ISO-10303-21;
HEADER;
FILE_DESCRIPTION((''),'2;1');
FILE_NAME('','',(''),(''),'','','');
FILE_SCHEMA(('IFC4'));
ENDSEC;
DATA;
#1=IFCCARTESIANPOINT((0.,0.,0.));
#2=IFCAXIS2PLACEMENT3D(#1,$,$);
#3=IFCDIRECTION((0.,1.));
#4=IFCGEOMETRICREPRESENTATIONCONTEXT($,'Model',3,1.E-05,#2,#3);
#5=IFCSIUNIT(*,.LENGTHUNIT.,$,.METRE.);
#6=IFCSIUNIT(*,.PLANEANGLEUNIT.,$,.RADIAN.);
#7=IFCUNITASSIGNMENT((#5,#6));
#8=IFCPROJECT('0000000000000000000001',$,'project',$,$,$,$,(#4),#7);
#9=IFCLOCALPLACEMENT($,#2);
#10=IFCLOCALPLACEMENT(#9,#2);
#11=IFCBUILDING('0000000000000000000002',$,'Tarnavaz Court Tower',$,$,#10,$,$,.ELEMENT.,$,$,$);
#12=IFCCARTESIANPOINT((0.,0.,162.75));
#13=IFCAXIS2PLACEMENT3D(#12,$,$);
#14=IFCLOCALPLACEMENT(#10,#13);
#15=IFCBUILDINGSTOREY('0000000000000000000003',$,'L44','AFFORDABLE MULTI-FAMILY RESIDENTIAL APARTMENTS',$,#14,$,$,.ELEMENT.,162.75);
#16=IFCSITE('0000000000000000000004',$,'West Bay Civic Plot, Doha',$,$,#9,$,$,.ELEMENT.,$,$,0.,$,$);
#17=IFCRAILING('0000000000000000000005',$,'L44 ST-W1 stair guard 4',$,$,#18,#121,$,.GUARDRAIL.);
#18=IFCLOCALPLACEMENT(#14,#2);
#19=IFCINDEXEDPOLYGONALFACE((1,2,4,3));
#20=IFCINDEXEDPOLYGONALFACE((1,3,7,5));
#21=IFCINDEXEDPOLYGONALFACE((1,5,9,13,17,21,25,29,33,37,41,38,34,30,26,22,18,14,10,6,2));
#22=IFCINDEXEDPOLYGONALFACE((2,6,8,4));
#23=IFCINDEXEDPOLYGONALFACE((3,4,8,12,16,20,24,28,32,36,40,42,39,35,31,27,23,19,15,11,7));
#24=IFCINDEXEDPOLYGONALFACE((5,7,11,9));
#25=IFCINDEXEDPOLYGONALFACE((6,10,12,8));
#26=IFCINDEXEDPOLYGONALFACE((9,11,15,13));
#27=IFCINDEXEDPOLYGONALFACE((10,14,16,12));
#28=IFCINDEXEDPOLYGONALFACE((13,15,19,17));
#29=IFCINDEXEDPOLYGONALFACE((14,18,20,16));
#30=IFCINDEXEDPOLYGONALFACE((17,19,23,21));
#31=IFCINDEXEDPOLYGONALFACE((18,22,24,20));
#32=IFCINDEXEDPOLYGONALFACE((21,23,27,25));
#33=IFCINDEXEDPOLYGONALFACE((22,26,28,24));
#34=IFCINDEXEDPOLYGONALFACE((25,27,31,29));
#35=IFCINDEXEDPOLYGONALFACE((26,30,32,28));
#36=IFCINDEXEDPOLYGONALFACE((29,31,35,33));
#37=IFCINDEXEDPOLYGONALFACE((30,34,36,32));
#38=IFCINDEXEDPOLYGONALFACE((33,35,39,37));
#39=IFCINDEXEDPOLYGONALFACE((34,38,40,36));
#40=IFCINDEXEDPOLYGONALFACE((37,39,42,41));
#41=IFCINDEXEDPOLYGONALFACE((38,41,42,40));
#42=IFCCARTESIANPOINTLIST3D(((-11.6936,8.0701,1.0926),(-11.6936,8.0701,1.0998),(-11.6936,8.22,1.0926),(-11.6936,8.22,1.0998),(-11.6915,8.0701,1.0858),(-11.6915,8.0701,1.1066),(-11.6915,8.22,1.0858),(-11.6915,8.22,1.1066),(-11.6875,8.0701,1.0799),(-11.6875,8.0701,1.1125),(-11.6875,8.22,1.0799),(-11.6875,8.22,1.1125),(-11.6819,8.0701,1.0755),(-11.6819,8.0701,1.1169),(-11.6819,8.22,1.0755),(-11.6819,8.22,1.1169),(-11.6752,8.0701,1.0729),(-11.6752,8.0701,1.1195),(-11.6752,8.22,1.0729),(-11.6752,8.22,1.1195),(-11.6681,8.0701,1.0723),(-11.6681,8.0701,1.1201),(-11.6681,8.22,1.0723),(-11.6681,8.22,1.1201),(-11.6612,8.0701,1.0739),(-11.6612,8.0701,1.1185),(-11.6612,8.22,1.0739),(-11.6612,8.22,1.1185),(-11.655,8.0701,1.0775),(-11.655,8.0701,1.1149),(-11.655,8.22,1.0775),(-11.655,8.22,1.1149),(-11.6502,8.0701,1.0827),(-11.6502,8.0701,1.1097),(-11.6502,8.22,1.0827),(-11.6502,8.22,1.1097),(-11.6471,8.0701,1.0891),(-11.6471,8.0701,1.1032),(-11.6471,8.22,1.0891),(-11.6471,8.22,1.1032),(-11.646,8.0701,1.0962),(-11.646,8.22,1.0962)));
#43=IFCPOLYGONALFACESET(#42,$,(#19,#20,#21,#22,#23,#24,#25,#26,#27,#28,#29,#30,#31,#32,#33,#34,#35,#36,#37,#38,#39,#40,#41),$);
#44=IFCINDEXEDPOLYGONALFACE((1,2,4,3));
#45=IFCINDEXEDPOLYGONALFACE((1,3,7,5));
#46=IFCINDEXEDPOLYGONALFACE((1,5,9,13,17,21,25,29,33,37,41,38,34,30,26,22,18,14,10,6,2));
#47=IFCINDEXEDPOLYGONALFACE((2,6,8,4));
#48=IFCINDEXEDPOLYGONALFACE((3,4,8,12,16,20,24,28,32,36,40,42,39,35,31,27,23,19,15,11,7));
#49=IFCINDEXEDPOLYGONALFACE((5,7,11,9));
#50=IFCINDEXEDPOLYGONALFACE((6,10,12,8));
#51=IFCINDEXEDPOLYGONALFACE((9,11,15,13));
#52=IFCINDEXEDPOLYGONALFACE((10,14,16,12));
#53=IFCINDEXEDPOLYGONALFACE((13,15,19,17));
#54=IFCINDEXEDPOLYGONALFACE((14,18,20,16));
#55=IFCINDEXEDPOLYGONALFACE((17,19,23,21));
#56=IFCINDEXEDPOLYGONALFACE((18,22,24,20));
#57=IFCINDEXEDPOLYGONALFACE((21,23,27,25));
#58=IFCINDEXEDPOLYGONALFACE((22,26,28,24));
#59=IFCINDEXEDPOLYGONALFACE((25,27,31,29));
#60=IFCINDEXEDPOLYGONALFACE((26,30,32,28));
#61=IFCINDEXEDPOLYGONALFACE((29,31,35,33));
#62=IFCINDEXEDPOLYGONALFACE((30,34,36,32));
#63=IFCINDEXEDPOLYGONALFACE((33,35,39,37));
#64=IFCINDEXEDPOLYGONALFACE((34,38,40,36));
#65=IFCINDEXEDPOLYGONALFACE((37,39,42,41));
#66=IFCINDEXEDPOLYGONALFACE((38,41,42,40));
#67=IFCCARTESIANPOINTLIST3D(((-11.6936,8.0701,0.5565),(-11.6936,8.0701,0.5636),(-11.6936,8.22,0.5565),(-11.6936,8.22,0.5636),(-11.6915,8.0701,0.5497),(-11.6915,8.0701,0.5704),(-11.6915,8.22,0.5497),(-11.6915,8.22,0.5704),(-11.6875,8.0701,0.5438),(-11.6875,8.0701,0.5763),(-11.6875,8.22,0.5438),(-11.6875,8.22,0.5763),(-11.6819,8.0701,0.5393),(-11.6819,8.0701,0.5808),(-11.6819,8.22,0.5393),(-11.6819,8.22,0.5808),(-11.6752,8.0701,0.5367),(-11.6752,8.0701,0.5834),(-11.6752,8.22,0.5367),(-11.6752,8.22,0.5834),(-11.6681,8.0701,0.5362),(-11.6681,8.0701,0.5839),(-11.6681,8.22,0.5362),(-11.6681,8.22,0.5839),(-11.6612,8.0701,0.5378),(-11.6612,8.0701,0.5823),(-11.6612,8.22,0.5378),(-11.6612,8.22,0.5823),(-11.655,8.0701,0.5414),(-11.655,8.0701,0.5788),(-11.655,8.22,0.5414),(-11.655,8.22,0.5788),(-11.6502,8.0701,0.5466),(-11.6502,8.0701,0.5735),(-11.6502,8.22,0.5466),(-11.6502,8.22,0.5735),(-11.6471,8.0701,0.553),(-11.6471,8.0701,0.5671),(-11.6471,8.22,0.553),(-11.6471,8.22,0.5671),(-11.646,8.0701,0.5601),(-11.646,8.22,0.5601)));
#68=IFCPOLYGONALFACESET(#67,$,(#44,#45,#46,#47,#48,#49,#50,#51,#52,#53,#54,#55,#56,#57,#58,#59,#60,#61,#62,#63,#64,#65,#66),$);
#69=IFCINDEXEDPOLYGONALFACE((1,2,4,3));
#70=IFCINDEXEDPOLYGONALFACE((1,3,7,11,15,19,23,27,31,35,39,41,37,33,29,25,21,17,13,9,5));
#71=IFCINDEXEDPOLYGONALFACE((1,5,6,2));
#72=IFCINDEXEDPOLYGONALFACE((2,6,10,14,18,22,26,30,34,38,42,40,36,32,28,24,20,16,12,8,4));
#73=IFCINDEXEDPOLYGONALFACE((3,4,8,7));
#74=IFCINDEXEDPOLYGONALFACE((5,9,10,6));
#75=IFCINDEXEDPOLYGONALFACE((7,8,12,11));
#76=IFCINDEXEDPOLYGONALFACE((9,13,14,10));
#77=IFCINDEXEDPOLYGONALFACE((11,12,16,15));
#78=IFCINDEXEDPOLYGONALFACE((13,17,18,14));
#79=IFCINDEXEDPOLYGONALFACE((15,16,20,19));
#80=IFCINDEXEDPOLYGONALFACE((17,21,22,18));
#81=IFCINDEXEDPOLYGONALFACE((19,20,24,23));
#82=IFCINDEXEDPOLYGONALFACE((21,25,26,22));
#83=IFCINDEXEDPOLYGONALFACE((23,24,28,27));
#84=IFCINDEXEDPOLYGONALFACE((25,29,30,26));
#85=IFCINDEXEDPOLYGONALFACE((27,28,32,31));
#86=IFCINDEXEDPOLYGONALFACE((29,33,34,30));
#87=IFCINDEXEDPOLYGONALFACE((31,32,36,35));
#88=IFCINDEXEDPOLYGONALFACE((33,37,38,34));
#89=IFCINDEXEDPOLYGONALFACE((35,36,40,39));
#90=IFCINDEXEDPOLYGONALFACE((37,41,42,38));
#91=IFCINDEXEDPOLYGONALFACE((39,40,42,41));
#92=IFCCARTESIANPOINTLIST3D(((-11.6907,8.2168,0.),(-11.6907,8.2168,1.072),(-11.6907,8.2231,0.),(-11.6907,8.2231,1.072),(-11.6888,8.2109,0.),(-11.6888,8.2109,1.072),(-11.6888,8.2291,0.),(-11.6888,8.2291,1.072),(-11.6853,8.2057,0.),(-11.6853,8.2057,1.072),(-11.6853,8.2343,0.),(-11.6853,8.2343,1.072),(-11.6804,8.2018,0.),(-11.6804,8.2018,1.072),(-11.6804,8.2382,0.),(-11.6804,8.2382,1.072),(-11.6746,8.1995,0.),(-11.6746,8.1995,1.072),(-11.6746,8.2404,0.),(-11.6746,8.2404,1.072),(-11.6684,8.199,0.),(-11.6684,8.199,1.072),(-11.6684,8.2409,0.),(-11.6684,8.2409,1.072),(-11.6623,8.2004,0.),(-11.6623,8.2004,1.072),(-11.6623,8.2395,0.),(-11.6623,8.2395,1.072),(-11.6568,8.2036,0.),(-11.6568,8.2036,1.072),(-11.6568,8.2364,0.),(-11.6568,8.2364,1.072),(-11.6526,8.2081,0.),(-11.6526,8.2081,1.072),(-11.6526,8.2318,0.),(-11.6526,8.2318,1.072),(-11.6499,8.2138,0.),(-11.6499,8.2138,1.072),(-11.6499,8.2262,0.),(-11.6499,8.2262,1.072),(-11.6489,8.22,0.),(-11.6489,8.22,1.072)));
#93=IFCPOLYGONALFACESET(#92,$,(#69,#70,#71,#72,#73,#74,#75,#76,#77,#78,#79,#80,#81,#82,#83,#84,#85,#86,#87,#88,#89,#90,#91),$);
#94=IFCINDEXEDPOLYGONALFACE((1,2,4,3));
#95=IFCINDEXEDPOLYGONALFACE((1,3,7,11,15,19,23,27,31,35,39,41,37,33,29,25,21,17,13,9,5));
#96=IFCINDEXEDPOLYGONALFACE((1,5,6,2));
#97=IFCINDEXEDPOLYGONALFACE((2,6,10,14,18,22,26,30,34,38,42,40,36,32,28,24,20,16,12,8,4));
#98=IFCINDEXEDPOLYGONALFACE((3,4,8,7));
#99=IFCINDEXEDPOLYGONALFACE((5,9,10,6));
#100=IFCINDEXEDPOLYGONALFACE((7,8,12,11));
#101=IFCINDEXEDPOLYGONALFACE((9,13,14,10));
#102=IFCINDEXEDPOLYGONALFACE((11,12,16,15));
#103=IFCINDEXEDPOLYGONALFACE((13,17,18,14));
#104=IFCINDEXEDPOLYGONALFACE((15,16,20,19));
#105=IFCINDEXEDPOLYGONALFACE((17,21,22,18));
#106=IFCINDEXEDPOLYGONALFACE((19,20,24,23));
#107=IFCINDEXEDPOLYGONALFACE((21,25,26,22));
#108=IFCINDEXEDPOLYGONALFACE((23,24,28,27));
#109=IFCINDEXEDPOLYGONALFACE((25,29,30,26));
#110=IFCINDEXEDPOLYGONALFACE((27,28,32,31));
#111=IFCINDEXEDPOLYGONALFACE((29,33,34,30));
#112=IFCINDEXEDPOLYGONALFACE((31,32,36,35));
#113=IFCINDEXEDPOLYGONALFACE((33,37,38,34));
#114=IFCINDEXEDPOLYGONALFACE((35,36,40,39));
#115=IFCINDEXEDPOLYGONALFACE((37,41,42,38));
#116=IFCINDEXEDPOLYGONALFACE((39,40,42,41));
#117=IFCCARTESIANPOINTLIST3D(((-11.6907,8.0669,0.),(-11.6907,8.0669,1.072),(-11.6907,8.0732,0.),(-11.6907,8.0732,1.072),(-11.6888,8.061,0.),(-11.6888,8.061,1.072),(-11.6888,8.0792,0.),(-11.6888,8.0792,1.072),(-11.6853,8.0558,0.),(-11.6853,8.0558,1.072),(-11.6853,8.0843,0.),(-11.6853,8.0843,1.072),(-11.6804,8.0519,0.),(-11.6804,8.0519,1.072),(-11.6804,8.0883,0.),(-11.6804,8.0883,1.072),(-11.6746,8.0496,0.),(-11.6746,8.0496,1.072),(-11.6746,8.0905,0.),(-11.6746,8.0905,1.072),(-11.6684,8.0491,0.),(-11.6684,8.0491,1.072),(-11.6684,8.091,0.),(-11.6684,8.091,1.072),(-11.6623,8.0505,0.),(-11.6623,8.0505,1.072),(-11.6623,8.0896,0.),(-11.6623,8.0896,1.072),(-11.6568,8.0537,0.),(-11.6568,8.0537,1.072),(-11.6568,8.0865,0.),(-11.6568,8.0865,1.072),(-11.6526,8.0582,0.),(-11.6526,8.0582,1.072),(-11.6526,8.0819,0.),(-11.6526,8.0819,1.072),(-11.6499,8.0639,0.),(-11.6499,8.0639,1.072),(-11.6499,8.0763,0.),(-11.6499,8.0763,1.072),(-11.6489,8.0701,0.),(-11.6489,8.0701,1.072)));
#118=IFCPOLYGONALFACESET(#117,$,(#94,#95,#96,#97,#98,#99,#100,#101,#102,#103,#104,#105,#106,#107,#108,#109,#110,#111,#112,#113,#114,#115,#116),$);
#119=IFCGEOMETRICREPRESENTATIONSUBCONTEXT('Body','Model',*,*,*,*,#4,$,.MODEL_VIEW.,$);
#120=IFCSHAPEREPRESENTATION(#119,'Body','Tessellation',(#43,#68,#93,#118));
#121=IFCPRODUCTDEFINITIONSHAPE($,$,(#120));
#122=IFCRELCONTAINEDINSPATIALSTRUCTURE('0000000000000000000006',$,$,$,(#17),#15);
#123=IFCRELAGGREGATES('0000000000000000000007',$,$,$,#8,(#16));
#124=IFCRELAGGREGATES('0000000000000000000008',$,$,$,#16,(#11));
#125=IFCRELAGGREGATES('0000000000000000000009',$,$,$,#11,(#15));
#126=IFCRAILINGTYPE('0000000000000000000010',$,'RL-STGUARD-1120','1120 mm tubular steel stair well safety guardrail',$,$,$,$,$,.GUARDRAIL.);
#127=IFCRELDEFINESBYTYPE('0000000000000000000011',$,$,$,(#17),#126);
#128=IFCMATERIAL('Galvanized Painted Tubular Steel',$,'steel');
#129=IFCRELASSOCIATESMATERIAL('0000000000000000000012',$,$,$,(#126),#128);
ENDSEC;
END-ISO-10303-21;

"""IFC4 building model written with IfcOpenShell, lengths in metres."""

from ifc_helpers import new_model, si_unit, direction, frame, origin, origin_2d, place, context, subcontext, project, spatial, circle, extrude, material, type_object, element, save


model = new_model("IFC4")

# Units and contexts
model_context = context("Model", 3, precision=1e-05, world=origin(), true_north=direction((0.0, 1.0)))
body_context = subcontext(model_context, "Body", "Model", "MODEL_VIEW")
ifc_project = project(units=[si_unit("LENGTHUNIT", "METRE"), si_unit("PLANEANGLEUNIT", "RADIAN")], contexts=[model_context])

# Site, building, storey
site_placement = place(None, origin())
site = spatial("IfcSite", under=ifc_project, at=site_placement, Name="West Bay Civic Plot, Doha", CompositionType="ELEMENT", RefElevation=0.0)
building_placement = place(site_placement, origin())
building = spatial("IfcBuilding", under=site, at=building_placement, Name="Tarnavaz Court Tower", CompositionType="ELEMENT")
storey_placement = place(building_placement, frame((0.0, 0.0, 162.75)))
storey = spatial("IfcBuildingStorey", under=building, at=storey_placement, Name="L44", Description="AFFORDABLE MULTI-FAMILY RESIDENTIAL APARTMENTS", CompositionType="ELEMENT", Elevation=162.75)

# Railing
ifc_material_1 = material(Name="Galvanized Painted Tubular Steel", Category="steel")
railing_type_1 = type_object("IfcRailingType", Name="RL-STGUARD-1120", Description="1120 mm tubular steel stair well safety guardrail", PredefinedType="GUARDRAIL", material=ifc_material_1)
railing_1_placement = place(storey_placement, frame((-11.6699, 8.22, 0.0)))
element("IfcRailing", 1, at=railing_1_placement, inside=storey, type_object=railing_type_1, Name="L44 ST-W1 stair guard 4", PredefinedType="GUARDRAIL", context=body_context, shape_type="SweptSolid", body=[
    extrude(circle(Radius=0.0239, at=origin_2d()), frame((0.0, 0.0, 1.0962), z_axis=(0.0, -1.0, 0.0), x_axis=(1.0, 0.0, 0.0)), (0.0, 0.0, 1.0), 0.1499),
    extrude(circle(Radius=0.0239, at=origin_2d()), frame((0.0, 0.0, 0.5601), z_axis=(0.0, -1.0, 0.0), x_axis=(1.0, 0.0, 0.0)), (0.0, 0.0, 1.0), 0.1499),
    extrude(circle(Radius=0.021, at=origin_2d()), origin(), (0.0, 0.0, 1.0), 1.072),
    extrude(circle(Radius=0.021, at=origin_2d()), frame((0.0, -0.1499, 0.0)), (0.0, 0.0, 1.0), 1.072),
])

save(model, "model.ifc")
